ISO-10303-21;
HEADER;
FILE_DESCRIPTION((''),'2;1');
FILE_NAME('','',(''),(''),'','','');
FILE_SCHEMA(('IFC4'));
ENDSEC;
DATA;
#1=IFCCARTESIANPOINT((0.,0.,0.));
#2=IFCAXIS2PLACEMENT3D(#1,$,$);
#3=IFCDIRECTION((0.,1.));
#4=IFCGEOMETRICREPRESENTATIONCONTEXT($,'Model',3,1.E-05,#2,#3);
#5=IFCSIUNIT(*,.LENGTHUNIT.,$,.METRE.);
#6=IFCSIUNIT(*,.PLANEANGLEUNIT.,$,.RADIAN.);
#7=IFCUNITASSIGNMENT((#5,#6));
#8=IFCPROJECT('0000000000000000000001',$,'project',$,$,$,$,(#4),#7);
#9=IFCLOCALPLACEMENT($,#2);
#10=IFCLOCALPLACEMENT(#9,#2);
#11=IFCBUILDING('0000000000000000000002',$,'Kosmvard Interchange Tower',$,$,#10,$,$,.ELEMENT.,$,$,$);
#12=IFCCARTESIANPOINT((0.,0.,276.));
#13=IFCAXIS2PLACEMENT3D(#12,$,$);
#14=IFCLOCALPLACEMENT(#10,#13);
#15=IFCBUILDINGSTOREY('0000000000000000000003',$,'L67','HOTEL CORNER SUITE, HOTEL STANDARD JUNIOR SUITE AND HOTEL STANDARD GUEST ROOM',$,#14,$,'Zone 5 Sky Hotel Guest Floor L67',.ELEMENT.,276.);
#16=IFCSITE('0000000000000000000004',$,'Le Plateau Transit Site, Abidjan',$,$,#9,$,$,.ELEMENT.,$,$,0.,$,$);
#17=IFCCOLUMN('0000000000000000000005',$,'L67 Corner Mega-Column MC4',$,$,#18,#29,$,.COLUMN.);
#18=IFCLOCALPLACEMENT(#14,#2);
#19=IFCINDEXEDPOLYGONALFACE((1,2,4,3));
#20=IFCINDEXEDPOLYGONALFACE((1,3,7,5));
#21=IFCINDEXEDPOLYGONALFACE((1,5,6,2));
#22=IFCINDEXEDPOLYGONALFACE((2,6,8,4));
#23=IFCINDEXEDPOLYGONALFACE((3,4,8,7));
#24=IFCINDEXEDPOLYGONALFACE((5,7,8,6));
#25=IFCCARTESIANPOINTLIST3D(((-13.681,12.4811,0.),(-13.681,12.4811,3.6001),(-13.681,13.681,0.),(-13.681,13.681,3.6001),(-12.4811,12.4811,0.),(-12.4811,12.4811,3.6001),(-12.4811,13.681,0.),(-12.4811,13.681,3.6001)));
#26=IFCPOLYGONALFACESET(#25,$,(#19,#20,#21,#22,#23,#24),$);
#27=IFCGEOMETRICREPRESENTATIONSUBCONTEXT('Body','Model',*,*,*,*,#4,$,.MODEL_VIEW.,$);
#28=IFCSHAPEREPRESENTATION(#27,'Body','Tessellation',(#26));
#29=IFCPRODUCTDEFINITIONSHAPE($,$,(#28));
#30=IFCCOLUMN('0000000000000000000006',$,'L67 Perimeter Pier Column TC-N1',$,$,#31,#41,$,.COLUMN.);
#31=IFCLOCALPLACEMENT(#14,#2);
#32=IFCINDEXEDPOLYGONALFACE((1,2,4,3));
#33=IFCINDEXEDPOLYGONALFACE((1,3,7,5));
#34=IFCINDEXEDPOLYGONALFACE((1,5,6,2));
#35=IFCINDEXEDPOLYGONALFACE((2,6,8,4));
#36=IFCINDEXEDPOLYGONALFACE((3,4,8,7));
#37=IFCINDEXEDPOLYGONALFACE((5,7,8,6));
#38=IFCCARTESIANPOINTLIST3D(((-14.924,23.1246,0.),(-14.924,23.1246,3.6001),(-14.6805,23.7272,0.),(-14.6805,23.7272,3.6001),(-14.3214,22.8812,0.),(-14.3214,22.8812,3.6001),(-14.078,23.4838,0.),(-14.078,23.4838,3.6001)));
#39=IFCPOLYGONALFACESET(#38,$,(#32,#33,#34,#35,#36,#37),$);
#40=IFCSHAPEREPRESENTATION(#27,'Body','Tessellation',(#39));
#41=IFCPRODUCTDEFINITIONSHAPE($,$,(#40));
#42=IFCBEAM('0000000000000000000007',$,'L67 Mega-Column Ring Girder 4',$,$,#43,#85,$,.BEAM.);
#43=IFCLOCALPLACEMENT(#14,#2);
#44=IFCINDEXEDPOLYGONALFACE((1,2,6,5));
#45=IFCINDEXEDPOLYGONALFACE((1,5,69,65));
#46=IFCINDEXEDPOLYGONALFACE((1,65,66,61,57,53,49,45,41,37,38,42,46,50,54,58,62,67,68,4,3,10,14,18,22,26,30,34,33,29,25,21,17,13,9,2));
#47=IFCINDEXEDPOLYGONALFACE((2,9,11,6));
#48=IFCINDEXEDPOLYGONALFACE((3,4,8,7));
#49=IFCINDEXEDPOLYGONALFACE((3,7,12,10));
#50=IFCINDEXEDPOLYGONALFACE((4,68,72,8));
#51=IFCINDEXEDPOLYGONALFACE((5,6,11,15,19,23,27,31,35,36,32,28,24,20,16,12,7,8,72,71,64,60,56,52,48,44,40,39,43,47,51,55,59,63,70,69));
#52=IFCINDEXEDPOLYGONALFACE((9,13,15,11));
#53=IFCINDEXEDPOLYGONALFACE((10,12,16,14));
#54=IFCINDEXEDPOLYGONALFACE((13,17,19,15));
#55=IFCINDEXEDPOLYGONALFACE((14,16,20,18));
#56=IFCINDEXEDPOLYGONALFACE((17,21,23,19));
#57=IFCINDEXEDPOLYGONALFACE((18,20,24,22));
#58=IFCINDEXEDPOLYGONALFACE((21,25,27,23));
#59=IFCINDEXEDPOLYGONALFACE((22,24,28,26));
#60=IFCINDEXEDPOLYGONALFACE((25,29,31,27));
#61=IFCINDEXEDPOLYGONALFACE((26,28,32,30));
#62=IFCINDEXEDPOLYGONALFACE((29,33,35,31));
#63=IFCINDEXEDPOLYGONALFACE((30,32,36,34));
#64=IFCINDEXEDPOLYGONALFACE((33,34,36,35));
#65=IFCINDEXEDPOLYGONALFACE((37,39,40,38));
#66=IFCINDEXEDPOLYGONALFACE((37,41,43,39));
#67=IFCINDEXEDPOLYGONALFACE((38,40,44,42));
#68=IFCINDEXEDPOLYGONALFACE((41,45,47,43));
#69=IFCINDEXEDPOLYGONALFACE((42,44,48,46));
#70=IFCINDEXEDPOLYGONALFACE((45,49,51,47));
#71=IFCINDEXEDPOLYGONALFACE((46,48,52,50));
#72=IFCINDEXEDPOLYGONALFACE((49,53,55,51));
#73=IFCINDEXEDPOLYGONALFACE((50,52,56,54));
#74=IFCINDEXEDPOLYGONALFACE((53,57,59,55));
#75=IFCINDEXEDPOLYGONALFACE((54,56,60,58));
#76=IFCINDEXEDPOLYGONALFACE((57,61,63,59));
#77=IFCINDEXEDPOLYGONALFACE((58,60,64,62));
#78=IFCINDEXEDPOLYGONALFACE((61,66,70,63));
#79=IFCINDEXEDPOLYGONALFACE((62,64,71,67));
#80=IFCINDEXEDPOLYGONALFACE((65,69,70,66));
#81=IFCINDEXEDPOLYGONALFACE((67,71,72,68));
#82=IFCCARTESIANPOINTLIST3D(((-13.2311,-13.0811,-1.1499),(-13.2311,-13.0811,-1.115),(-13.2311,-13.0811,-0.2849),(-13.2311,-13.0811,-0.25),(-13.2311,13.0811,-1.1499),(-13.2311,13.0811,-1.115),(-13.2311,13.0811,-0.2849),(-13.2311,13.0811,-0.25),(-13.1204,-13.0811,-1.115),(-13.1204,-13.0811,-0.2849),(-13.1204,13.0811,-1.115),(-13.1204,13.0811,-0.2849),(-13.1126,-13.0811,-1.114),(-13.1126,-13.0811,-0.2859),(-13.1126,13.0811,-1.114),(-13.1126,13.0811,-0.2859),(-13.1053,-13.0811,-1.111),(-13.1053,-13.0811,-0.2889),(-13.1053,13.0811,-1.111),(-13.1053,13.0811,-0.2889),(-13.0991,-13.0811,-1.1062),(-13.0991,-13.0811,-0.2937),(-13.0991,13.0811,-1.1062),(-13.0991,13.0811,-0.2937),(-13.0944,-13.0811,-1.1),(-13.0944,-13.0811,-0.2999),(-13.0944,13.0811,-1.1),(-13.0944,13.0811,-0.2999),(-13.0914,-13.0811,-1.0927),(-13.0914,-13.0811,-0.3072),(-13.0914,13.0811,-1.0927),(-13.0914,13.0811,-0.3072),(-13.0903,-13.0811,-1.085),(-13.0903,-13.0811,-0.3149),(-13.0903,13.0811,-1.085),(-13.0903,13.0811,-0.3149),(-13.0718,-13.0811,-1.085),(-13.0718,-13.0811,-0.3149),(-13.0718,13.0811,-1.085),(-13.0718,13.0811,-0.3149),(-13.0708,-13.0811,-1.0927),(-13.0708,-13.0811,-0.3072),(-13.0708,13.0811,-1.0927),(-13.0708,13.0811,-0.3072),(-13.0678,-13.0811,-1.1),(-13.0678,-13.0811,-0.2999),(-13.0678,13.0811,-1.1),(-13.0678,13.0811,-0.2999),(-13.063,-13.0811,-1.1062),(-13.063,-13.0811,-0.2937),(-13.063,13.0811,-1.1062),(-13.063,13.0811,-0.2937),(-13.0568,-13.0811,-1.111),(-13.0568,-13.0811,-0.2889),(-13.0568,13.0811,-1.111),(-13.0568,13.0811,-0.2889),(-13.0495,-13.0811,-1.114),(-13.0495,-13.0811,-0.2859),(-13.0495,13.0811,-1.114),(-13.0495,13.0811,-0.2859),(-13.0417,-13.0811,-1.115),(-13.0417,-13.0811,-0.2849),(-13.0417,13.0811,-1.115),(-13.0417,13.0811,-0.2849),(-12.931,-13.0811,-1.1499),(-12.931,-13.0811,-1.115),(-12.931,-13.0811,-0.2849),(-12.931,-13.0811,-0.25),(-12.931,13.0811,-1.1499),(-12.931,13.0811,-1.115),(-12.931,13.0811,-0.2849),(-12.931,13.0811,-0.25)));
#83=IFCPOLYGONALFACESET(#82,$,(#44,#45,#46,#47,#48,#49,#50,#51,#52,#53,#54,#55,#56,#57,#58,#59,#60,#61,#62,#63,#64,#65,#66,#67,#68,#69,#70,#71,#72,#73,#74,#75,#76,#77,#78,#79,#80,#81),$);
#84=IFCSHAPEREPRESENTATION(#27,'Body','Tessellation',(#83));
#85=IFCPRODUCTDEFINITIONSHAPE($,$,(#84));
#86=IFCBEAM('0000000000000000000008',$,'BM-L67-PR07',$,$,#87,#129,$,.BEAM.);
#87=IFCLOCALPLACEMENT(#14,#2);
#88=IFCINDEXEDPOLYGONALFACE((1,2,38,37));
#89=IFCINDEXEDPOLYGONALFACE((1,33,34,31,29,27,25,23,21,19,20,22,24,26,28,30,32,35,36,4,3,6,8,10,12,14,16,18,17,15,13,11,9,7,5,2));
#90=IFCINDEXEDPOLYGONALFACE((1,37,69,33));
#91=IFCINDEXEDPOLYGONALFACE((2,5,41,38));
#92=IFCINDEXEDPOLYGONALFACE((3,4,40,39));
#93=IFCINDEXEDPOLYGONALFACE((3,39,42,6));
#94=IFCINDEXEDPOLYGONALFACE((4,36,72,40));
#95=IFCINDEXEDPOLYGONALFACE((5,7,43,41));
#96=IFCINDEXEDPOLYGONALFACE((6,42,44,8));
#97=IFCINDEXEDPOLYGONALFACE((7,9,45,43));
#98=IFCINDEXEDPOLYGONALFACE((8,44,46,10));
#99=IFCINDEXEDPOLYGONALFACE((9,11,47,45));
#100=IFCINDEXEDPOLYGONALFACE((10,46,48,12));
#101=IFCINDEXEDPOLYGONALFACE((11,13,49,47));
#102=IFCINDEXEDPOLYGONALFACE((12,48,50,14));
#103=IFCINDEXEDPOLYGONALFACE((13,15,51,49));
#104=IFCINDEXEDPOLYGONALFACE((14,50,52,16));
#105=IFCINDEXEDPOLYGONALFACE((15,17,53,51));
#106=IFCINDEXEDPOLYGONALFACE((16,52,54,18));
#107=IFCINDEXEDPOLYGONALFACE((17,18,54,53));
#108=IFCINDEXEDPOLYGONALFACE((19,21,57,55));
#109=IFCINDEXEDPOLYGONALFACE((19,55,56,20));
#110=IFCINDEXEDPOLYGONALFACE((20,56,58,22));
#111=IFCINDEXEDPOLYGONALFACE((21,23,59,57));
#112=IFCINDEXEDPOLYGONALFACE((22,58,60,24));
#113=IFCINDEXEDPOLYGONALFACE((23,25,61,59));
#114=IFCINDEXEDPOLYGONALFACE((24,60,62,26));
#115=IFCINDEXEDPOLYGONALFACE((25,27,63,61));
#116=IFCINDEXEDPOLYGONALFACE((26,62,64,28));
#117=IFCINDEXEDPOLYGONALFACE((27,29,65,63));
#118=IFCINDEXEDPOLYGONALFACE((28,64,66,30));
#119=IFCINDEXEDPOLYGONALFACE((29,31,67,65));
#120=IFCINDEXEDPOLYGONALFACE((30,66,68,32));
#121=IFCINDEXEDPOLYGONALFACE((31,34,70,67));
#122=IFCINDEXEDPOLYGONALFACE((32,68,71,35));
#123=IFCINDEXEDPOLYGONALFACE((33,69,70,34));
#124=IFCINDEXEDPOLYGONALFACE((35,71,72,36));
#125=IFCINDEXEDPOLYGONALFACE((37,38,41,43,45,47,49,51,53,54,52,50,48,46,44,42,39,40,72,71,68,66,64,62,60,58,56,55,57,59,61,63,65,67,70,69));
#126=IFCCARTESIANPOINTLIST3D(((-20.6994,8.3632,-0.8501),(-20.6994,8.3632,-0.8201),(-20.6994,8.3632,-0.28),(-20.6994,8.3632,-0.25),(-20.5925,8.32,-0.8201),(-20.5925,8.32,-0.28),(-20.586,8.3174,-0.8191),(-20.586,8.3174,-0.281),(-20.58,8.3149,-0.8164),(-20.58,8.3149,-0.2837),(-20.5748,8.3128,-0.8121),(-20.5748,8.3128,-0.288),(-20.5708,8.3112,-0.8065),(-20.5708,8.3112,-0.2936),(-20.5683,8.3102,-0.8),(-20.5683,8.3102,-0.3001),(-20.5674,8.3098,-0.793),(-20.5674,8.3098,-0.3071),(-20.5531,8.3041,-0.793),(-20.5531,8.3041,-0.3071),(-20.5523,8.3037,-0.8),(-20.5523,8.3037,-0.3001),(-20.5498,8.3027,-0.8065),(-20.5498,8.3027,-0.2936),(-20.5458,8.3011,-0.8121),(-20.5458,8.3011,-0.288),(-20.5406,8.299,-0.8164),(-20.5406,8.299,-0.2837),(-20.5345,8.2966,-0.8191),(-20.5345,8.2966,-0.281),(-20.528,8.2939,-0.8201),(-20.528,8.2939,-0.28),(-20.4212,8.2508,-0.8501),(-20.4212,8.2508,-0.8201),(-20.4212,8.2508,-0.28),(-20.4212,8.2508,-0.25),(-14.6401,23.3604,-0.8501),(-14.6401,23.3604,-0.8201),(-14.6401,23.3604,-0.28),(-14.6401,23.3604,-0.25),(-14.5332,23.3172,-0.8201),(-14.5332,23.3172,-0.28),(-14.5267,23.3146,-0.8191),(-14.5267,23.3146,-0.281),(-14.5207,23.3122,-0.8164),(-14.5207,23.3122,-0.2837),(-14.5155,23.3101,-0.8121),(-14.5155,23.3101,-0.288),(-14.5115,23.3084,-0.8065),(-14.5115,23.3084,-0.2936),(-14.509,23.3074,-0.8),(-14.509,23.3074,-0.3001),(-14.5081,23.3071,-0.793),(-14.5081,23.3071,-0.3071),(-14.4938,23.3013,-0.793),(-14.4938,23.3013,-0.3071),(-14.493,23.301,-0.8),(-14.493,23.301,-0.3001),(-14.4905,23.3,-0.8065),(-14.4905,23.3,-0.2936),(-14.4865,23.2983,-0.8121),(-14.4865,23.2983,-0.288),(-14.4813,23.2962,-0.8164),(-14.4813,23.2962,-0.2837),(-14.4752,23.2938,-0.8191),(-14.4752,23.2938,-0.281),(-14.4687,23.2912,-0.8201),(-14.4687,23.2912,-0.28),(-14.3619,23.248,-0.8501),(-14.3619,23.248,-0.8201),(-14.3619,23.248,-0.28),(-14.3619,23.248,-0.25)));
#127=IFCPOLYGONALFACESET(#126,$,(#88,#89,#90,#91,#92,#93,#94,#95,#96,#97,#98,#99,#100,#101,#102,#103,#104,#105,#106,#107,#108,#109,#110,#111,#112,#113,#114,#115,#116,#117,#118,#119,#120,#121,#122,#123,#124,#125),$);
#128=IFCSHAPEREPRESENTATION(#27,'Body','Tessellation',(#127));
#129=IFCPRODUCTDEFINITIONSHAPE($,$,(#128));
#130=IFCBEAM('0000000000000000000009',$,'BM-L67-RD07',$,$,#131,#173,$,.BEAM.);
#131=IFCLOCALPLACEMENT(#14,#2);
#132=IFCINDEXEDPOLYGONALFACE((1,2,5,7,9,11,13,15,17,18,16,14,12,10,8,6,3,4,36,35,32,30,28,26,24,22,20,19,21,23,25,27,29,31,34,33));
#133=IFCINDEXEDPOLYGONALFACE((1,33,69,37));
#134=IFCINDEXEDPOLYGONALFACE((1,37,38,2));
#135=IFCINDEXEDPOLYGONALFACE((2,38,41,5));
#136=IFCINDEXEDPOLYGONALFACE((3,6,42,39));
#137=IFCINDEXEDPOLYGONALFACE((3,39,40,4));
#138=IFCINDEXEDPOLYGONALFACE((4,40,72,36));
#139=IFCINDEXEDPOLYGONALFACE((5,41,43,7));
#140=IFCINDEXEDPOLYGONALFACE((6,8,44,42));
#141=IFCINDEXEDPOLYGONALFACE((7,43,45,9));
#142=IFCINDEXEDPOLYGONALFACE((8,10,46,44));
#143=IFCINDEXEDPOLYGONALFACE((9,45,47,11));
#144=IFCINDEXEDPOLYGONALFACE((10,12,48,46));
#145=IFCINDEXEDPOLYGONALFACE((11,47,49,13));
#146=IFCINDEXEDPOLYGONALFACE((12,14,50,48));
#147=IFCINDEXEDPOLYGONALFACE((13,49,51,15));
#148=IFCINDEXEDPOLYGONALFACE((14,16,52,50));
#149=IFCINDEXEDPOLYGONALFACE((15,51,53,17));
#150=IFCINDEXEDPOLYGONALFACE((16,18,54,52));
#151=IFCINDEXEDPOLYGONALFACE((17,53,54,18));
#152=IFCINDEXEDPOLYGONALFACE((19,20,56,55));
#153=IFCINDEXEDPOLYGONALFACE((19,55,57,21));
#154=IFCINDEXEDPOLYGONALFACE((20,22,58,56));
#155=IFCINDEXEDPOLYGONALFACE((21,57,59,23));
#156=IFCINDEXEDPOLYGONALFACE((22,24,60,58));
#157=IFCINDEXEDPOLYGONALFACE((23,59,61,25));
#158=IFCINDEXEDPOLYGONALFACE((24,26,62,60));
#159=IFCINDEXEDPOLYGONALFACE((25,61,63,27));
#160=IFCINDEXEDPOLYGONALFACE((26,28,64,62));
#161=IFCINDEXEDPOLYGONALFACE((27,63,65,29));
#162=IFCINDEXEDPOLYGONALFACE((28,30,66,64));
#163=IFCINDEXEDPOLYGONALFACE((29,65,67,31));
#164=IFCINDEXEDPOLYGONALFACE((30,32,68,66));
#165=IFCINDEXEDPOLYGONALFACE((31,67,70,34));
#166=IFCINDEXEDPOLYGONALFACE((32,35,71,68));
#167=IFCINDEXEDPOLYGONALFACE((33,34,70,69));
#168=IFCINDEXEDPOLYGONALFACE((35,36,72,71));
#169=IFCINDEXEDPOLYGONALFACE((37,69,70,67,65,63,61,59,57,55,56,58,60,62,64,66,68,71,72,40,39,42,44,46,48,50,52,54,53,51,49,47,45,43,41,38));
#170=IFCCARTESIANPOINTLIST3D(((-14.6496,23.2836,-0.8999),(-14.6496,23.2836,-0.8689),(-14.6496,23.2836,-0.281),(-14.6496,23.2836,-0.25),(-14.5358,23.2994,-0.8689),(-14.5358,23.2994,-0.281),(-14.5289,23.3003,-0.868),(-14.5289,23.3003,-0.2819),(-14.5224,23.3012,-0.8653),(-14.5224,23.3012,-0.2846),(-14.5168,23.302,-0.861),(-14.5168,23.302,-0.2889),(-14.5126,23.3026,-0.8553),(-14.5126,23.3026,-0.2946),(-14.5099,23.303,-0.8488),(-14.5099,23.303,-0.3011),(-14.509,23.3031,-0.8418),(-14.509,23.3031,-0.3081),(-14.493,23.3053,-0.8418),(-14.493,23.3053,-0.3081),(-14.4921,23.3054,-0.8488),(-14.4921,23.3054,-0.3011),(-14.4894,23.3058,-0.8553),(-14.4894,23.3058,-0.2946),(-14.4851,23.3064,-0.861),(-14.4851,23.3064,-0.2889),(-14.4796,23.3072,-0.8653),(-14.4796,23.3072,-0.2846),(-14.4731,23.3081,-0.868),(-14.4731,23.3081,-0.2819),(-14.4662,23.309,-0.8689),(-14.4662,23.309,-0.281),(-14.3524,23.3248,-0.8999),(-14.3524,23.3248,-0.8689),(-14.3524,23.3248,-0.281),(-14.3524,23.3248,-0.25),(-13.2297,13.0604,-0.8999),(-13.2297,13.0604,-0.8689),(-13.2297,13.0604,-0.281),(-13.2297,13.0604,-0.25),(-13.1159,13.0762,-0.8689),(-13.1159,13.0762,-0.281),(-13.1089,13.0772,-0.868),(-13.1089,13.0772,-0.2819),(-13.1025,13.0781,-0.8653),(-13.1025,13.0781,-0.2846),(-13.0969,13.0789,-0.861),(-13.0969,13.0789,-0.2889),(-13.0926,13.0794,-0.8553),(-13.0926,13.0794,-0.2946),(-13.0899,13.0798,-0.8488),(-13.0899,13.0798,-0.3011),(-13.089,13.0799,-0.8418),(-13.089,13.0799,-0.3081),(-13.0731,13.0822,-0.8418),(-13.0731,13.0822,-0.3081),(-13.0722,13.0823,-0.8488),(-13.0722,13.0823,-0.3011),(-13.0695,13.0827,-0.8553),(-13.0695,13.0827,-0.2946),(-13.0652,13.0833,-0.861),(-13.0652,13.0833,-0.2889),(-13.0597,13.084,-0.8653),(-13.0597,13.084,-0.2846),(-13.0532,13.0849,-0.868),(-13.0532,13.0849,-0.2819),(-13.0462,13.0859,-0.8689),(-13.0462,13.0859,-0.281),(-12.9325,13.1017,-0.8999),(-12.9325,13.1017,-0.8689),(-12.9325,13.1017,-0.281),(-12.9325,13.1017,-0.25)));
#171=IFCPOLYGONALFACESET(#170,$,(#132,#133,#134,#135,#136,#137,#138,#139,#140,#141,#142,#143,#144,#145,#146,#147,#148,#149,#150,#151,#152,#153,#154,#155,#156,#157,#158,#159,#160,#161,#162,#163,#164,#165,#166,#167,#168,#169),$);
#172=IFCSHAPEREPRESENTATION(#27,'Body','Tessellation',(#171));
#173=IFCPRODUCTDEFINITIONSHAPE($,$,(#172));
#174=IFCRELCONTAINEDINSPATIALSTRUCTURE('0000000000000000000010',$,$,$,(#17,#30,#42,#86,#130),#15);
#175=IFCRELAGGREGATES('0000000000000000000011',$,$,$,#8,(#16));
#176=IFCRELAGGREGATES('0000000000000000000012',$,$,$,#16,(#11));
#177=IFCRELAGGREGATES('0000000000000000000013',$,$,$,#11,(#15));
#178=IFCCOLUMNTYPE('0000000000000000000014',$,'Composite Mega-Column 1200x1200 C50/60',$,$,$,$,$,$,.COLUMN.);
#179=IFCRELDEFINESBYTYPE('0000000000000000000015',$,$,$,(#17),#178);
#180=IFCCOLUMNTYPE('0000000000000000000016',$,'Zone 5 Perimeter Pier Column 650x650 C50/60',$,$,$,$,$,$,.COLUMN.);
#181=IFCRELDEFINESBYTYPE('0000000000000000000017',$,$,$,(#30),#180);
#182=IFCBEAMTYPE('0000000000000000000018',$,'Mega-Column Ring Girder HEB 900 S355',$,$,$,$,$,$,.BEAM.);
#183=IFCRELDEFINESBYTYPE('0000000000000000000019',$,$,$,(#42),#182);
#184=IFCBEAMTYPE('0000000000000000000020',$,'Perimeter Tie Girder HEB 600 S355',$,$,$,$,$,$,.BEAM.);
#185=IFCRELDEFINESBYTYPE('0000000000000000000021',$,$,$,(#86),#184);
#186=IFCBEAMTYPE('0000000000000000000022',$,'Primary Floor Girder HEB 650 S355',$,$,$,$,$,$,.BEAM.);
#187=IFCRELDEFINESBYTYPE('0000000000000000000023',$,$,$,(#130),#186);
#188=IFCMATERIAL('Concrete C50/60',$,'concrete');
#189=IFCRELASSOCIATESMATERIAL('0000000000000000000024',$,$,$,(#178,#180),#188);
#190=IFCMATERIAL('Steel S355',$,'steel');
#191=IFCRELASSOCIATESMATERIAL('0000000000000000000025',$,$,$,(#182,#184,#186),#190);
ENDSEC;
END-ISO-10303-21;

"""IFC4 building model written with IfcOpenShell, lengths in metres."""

from ifc_helpers import new_model, si_unit, direction, frame, origin, origin_2d, place, context, subcontext, project, spatial, rectangle, i_section, extrude, source, transform, mapped, material, material_profile, profile_set, type_object, element, save


model = new_model("IFC4")

# Units and contexts
model_context = context("Model", 3, precision=1e-05, world=origin(), true_north=direction((0.0, 1.0)))
body_context = subcontext(model_context, "Body", "Model", "MODEL_VIEW")
ifc_project = project(units=[si_unit("LENGTHUNIT", "METRE"), si_unit("PLANEANGLEUNIT", "RADIAN")], contexts=[model_context])

# Site, building, storey
site_placement = place(None, origin())
site = spatial("IfcSite", under=ifc_project, at=site_placement, Name="Le Plateau Transit Site, Abidjan", CompositionType="ELEMENT", RefElevation=0.0)
building_placement = place(site_placement, origin())
building = spatial("IfcBuilding", under=site, at=building_placement, Name="Kosmvard Interchange Tower", CompositionType="ELEMENT")
storey_placement = place(building_placement, frame((0.0, 0.0, 276.0)))
storey = spatial("IfcBuildingStorey", under=building, at=storey_placement, Name="L67", Description="HOTEL CORNER SUITE, HOTEL STANDARD JUNIOR SUITE AND HOTEL STANDARD GUEST ROOM", LongName="Zone 5 Sky Hotel Guest Floor L67", CompositionType="ELEMENT", Elevation=276.0)

# Columns
ifc_material_1 = material(Name="Concrete C50/60", Category="concrete")
ifc_material_profile_1 = material_profile(ifc_material_1, rectangle(XDim=1.2, YDim=1.2, at=origin_2d()), Name="MC 1200x1200")
ifc_profile_set_1 = profile_set([ifc_material_profile_1], Name="Concrete C50/60")
column_type_1 = type_object("IfcColumnType", Name="Composite Mega-Column 1200x1200 C50/60", PredefinedType="COLUMN", material=ifc_profile_set_1)
shared_shape_1 = source(origin(), body_context, "Body", "SweptSolid", [
    extrude(rectangle(XDim=1.2, YDim=1.2, at=origin_2d()), origin(), (0.0, 0.0, 1.0), 3.6001),
])
column_1_placement = place(storey_placement, frame((-13.0811, 13.0811, 0.0), z_axis=(0.0, 0.0, 1.0), x_axis=(1.0, 0.0, 0.0)))
element("IfcColumn", 1, at=column_1_placement, inside=storey, type_object=column_type_1, Name="L67 Corner Mega-Column MC4", PredefinedType="COLUMN", context=body_context, shape_type="MappedRepresentation", body=[
    mapped(shared_shape_1, transform((0.0, 0.0, 0.0), scale=1.0)),
])
ifc_material_profile_2 = material_profile(ifc_material_1, rectangle(XDim=0.6499, YDim=0.6499, at=origin_2d()), Name="TC 650x650")
ifc_profile_set_2 = profile_set([ifc_material_profile_2], Name="Concrete C50/60")
column_type_2 = type_object("IfcColumnType", Name="Zone 5 Perimeter Pier Column 650x650 C50/60", PredefinedType="COLUMN", material=ifc_profile_set_2)
shared_shape_2 = source(origin(), body_context, "Body", "SweptSolid", [
    extrude(rectangle(XDim=0.6499, YDim=0.6499, at=origin_2d()), origin(), (0.0, 0.0, 1.0), 3.6001),
])
column_2_placement = place(storey_placement, frame((-14.501, 23.3042, 0.0), z_axis=(0.0, 0.0, 1.0), x_axis=(0.374607, 0.927184, 0.0)))
element("IfcColumn", 2, at=column_2_placement, inside=storey, type_object=column_type_2, Name="L67 Perimeter Pier Column TC-N1", PredefinedType="COLUMN", context=body_context, shape_type="MappedRepresentation", body=[
    mapped(shared_shape_2, transform((0.0, 0.0, 0.0), scale=1.0)),
])

# Beams
ifc_material_2 = material(Name="Steel S355", Category="steel")
ifc_material_profile_3 = material_profile(ifc_material_2, i_section(OverallWidth=0.3, OverallDepth=0.8999, WebThickness=0.0186, FlangeThickness=0.0349, FilletRadius=0.03, at=origin_2d()), Name="HEB 900")
ifc_profile_set_3 = profile_set([ifc_material_profile_3], Name="Steel S355")
beam_type_1 = type_object("IfcBeamType", Name="Mega-Column Ring Girder HEB 900 S355", PredefinedType="BEAM", material=ifc_profile_set_3)
shared_shape_3 = source(origin(), body_context, "Body", "SweptSolid", [
    extrude(i_section(OverallWidth=0.3, OverallDepth=0.8999, WebThickness=0.0186, FlangeThickness=0.0349, FilletRadius=0.03, at=origin_2d()), origin(), (0.0, 0.0, 1.0), 26.1621),
])
beam_1_placement = place(storey_placement, frame((-13.0811, 13.0811, -0.7), z_axis=(0.0, -1.0, 0.0), x_axis=(1.0, 0.0, 0.0)))
element("IfcBeam", 3, at=beam_1_placement, inside=storey, type_object=beam_type_1, Name="L67 Mega-Column Ring Girder 4", PredefinedType="BEAM", context=body_context, shape_type="MappedRepresentation", body=[
    mapped(shared_shape_3, transform((0.0, 0.0, 0.0), scale=1.0)),
])
ifc_material_profile_4 = material_profile(ifc_material_2, i_section(OverallWidth=0.3, OverallDepth=0.6001, WebThickness=0.0154, FlangeThickness=0.03, FilletRadius=0.0271, at=origin_2d()), Name="HEB 600")
ifc_profile_set_4 = profile_set([ifc_material_profile_4], Name="Steel S355")
beam_type_2 = type_object("IfcBeamType", Name="Perimeter Tie Girder HEB 600 S355", PredefinedType="BEAM", material=ifc_profile_set_4)
shared_shape_4 = source(origin(), body_context, "Body", "SweptSolid", [
    extrude(i_section(OverallWidth=0.3, OverallDepth=0.6001, WebThickness=0.0154, FlangeThickness=0.03, FilletRadius=0.0271, at=origin_2d()), origin(), (0.0, 0.0, 1.0), 16.175),
])
beam_2_placement = place(storey_placement, frame((-14.501, 23.3042, -0.55), z_axis=(-0.374608, -0.927183, 0.0), x_axis=(0.927183, -0.374608, 0.0)))
element("IfcBeam", 4, at=beam_2_placement, inside=storey, type_object=beam_type_2, Name="BM-L67-PR07", PredefinedType="BEAM", context=body_context, shape_type="MappedRepresentation", body=[
    mapped(shared_shape_4, transform((0.0, 0.0, 0.0), scale=1.0)),
])
ifc_material_profile_5 = material_profile(ifc_material_2, i_section(OverallWidth=0.3, OverallDepth=0.6499, WebThickness=0.0161, FlangeThickness=0.031, FilletRadius=0.0271, at=origin_2d()), Name="HEB 650")
ifc_profile_set_5 = profile_set([ifc_material_profile_5], Name="Steel S355")
beam_type_3 = type_object("IfcBeamType", Name="Primary Floor Girder HEB 650 S355", PredefinedType="BEAM", material=ifc_profile_set_5)
shared_shape_5 = source(origin(), body_context, "Body", "SweptSolid", [
    extrude(i_section(OverallWidth=0.3, OverallDepth=0.6499, WebThickness=0.0161, FlangeThickness=0.031, FilletRadius=0.0271, at=origin_2d()), origin(), (0.0, 0.0, 1.0), 10.3213),
])
beam_3_placement = place(storey_placement, frame((-13.0811, 13.0811, -0.575), z_axis=(-0.137572, 0.990492, 0.0), x_axis=(-0.990492, -0.137572, 0.0)))
element("IfcBeam", 5, at=beam_3_placement, inside=storey, type_object=beam_type_3, Name="BM-L67-RD07", PredefinedType="BEAM", context=body_context, shape_type="MappedRepresentation", body=[
    mapped(shared_shape_5, transform((0.0, 0.0, 0.0), scale=1.0)),
])

save(model, "model.ifc")
